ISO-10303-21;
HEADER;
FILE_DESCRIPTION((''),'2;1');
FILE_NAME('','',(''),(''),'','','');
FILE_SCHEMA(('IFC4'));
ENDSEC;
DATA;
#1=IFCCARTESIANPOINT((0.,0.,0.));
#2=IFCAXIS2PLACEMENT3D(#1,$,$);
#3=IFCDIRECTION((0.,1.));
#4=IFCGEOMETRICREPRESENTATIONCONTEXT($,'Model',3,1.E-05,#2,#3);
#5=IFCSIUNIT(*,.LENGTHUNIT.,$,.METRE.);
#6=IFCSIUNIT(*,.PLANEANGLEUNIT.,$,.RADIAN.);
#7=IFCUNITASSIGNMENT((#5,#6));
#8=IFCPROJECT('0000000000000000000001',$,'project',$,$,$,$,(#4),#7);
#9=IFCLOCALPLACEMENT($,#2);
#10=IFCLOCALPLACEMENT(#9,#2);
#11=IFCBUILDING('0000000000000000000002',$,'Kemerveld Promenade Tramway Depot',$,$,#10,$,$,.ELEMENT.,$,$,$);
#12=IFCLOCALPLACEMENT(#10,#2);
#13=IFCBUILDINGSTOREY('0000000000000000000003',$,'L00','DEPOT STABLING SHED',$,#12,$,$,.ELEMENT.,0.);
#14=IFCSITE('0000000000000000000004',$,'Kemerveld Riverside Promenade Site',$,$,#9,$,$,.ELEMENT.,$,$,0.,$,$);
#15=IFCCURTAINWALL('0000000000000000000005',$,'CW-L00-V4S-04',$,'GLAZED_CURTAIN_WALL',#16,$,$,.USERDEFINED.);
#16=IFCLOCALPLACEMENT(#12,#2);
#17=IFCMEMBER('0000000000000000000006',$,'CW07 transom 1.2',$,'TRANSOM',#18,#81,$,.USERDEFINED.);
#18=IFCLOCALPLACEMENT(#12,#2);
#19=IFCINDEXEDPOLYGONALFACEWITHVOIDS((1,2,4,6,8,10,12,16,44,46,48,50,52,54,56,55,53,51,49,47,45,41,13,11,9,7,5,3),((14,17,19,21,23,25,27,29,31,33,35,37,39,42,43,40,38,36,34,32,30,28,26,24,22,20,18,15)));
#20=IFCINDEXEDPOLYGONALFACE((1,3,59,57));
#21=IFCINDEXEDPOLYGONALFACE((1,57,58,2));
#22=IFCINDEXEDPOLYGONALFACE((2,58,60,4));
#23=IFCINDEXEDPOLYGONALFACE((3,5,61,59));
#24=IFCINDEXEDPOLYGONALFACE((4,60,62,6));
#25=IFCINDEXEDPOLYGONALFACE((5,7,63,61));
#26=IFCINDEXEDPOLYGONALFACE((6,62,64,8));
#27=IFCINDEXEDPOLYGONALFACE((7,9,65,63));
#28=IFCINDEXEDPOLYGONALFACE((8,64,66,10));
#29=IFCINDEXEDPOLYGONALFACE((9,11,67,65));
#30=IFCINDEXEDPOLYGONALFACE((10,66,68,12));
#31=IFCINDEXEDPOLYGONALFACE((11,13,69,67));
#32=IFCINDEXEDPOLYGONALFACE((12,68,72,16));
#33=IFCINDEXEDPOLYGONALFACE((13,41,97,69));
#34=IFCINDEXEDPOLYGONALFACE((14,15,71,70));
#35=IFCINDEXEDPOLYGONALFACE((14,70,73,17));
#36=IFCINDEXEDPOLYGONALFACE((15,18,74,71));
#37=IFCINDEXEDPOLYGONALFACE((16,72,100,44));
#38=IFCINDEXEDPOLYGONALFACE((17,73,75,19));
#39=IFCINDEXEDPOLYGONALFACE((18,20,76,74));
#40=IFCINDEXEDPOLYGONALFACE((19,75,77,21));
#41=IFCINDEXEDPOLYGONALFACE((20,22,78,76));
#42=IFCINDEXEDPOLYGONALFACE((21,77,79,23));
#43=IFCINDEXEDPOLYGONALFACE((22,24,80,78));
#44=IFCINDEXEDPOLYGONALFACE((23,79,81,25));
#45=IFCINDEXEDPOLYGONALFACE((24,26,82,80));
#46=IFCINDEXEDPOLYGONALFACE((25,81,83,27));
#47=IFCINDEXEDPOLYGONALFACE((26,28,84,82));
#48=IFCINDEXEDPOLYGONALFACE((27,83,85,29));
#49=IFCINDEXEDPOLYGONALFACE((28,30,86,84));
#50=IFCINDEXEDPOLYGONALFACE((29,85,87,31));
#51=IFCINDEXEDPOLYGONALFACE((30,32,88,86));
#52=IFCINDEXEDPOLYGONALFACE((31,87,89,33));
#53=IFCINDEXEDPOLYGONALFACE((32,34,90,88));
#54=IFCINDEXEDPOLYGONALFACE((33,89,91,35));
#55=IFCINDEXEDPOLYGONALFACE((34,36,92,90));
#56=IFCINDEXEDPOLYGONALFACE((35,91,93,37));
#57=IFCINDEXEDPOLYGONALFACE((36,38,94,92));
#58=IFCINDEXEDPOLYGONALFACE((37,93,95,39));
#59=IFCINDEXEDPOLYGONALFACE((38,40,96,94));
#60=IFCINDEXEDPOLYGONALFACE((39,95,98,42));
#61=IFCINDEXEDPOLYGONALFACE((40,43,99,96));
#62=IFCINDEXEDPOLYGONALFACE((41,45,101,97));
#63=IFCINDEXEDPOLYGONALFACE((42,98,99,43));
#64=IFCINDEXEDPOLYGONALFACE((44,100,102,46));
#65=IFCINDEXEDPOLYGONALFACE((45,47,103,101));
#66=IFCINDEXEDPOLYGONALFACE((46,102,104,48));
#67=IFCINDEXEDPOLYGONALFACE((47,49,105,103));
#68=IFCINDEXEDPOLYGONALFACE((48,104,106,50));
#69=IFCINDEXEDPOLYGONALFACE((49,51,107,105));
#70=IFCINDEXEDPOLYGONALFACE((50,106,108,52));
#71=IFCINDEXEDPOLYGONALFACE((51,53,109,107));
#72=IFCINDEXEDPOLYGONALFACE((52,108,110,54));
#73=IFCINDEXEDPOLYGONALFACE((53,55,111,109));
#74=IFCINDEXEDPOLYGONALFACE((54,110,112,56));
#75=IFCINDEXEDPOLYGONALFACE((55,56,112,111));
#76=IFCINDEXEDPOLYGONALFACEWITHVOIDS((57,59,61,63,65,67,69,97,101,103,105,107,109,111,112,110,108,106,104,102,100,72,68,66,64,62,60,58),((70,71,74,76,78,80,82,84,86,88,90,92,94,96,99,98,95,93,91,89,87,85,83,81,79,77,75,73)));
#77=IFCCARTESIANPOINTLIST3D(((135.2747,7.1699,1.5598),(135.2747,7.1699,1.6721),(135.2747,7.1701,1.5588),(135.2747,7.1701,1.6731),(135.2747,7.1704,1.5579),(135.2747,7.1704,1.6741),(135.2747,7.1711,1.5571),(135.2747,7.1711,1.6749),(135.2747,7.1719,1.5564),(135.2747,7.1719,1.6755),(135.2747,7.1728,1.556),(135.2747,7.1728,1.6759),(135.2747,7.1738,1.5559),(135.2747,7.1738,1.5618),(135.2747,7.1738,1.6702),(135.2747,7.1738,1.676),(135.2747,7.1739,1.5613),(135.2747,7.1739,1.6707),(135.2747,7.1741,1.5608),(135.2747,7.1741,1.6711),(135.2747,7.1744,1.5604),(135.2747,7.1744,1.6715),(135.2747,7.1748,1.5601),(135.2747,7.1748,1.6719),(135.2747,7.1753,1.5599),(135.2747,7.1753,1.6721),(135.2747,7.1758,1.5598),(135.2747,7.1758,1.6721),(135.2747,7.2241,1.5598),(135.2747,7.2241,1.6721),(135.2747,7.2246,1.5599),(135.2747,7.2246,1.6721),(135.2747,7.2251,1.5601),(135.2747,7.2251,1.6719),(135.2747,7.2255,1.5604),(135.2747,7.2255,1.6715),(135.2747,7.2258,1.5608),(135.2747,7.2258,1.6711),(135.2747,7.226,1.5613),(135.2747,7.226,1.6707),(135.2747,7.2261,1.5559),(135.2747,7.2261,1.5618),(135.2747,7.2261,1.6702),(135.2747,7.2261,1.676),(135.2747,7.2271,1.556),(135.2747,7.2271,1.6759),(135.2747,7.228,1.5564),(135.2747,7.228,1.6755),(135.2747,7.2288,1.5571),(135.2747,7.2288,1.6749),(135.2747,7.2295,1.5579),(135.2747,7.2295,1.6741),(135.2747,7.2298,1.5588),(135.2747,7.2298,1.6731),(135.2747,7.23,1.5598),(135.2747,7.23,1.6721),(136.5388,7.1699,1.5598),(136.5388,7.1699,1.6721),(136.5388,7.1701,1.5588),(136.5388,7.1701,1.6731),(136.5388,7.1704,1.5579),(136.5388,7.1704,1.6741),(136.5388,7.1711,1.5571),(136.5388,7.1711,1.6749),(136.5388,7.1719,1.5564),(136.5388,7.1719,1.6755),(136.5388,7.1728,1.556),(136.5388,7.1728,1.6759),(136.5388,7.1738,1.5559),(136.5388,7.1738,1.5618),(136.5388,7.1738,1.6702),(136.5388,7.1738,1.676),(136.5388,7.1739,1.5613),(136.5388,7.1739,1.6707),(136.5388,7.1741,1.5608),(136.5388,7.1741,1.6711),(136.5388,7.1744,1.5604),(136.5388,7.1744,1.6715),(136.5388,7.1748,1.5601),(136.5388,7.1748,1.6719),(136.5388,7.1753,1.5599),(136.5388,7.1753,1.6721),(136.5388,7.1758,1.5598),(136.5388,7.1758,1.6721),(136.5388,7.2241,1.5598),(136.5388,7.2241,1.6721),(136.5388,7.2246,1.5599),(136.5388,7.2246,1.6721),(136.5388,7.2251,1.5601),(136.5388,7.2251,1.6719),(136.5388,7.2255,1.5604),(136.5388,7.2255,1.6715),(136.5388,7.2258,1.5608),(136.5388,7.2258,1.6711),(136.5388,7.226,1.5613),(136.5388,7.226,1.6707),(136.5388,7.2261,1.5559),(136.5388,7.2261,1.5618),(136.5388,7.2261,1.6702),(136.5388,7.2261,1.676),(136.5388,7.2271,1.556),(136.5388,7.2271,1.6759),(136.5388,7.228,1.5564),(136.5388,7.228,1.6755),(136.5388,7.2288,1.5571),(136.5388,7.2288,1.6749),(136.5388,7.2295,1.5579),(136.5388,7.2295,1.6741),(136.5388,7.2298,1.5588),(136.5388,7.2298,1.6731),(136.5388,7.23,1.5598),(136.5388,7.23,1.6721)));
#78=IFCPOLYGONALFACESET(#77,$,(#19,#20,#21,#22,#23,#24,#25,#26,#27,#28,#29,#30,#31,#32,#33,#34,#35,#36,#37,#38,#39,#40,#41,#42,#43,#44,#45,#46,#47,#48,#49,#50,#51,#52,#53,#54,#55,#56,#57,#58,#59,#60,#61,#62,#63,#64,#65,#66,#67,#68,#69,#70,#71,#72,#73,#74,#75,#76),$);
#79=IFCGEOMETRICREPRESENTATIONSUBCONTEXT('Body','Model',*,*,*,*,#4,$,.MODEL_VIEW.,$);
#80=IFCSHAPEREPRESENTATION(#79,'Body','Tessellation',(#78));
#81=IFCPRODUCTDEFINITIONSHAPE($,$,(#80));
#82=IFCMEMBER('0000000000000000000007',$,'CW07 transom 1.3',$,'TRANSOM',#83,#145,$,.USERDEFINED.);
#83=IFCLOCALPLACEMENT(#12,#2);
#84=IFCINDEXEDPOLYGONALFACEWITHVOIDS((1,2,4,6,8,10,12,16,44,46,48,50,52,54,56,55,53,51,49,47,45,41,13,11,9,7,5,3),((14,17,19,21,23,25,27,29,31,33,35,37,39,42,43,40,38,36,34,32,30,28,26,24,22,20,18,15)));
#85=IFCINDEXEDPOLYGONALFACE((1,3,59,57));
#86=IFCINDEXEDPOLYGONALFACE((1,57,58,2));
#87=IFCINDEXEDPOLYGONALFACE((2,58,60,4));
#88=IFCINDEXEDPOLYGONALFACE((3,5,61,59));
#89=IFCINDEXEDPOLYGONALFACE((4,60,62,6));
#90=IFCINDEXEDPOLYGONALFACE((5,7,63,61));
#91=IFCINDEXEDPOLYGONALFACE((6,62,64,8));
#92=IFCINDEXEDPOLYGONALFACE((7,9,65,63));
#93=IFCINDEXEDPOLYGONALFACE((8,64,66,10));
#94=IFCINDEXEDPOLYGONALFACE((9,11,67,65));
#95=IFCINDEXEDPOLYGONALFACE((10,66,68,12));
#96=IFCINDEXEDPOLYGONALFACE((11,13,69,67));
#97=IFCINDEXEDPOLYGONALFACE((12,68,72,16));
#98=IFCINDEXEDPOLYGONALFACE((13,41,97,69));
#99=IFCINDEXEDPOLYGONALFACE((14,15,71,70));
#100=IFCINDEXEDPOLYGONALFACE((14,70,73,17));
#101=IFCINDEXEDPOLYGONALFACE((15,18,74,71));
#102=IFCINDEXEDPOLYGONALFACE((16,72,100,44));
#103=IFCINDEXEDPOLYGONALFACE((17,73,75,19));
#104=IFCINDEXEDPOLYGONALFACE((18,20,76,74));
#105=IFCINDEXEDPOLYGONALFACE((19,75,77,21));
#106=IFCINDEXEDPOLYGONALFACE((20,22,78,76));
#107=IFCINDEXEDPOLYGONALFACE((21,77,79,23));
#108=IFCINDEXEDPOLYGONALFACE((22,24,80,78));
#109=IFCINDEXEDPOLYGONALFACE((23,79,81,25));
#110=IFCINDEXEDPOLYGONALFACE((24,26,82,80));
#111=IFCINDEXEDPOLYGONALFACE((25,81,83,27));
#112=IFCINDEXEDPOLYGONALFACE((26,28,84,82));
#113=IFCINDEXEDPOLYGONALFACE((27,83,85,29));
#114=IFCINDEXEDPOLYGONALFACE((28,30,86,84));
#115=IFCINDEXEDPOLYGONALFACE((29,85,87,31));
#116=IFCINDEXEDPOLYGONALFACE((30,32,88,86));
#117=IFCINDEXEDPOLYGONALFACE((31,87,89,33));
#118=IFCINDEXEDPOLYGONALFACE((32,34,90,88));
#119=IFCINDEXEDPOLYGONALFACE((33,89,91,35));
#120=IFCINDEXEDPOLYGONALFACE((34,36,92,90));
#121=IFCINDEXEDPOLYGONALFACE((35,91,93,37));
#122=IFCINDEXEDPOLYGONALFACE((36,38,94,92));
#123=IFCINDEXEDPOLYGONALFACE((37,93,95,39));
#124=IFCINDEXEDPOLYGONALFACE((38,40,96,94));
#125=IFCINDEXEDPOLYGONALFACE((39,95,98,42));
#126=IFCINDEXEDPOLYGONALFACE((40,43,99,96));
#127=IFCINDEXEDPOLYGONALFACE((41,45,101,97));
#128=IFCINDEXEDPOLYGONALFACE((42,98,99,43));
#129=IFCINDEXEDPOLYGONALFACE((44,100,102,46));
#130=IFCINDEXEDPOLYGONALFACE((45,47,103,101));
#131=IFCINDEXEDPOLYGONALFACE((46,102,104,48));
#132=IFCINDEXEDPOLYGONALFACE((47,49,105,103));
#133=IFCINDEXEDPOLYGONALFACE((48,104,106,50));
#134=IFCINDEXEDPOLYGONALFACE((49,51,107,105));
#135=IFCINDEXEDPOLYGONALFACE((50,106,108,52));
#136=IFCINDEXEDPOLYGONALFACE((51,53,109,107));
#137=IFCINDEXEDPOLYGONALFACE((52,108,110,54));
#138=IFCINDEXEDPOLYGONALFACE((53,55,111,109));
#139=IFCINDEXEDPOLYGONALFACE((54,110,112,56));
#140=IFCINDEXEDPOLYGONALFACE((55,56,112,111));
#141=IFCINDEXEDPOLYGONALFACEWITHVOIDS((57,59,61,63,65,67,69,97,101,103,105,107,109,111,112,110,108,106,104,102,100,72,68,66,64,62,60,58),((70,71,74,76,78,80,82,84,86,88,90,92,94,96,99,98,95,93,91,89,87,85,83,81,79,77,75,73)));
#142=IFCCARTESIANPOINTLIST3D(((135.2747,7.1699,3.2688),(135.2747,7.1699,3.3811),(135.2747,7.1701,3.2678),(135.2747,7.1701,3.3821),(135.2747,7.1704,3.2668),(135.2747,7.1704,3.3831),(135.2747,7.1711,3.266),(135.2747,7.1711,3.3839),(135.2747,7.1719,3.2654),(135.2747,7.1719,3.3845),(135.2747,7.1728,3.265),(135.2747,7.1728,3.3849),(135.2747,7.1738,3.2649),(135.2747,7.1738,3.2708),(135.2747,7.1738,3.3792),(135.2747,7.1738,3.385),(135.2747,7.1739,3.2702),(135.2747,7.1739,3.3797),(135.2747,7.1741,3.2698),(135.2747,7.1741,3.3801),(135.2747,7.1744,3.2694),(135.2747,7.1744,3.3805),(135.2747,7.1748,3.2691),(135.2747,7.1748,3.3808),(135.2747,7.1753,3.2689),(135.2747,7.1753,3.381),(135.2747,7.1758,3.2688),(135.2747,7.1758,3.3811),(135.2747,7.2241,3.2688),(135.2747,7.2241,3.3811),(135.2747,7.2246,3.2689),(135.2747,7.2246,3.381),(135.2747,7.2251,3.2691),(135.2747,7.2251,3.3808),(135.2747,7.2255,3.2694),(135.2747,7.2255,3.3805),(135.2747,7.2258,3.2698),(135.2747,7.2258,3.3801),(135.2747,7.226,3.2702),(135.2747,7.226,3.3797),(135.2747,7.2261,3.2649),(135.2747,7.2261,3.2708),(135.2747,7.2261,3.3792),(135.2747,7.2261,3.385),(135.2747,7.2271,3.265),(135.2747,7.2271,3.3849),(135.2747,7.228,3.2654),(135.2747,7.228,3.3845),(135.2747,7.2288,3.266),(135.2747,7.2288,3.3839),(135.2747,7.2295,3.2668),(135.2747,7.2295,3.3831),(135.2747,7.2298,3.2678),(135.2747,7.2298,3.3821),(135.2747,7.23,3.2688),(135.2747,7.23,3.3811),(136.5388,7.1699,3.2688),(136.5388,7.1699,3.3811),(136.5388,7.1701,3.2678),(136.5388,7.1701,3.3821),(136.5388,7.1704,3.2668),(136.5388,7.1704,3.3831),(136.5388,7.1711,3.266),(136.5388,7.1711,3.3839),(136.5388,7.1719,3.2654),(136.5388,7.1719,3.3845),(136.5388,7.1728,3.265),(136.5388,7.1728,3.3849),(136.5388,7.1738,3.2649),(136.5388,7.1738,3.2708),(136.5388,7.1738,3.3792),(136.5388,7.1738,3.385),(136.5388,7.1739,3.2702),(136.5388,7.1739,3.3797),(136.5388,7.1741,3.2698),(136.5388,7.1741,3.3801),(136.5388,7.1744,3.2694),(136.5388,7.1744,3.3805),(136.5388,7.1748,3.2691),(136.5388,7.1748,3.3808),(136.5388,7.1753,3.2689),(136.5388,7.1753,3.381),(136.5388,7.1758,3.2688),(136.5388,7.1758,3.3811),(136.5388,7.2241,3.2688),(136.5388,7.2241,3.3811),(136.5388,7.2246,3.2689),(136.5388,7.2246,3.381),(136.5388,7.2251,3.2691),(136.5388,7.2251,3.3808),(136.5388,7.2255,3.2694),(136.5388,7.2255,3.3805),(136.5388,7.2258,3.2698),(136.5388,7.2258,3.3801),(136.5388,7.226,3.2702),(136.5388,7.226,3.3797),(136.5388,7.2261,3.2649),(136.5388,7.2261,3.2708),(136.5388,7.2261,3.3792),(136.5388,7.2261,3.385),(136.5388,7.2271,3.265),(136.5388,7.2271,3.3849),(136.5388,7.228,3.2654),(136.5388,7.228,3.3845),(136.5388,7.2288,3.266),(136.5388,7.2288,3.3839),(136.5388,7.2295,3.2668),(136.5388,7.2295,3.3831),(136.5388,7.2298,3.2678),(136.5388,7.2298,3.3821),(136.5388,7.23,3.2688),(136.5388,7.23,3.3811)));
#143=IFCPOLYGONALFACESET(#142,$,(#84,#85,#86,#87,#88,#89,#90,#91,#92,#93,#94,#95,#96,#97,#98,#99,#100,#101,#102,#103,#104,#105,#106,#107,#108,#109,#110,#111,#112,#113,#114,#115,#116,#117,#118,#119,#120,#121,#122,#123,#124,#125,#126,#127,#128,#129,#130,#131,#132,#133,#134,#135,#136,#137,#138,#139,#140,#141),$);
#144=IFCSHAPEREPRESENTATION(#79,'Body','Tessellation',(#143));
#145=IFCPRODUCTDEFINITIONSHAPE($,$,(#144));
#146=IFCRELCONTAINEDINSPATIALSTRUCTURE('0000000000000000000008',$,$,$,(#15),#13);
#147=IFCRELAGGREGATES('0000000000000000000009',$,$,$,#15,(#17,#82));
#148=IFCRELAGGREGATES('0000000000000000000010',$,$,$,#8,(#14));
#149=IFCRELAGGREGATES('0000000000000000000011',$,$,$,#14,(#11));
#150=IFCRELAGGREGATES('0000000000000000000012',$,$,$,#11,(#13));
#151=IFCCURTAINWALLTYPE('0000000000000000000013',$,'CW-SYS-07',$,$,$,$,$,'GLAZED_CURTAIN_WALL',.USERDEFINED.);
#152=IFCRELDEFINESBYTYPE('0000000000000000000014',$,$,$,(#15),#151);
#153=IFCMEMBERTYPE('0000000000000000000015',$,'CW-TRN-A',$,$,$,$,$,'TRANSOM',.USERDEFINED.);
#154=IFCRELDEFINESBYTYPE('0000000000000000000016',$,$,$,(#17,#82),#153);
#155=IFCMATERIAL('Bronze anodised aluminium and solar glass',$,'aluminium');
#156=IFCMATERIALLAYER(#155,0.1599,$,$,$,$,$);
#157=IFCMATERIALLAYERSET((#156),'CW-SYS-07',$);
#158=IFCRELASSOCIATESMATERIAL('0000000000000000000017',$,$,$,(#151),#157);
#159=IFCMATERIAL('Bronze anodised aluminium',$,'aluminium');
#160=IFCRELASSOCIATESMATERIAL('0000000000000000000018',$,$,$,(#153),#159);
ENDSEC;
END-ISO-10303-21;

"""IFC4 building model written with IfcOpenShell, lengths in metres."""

from ifc_helpers import new_model, si_unit, direction, frame, origin, origin_2d, place, context, subcontext, project, spatial, hollow_rectangle, extrude, material, layer, layer_set, material_profile, profile_set, type_object, element, aggregate, save


model = new_model("IFC4")

# Units and contexts
model_context = context("Model", 3, precision=1e-05, world=origin(), true_north=direction((0.0, 1.0)))
body_context = subcontext(model_context, "Body", "Model", "MODEL_VIEW")
ifc_project = project(units=[si_unit("LENGTHUNIT", "METRE"), si_unit("PLANEANGLEUNIT", "RADIAN")], contexts=[model_context])

# Site, building, storey
site_placement = place(None, origin())
site = spatial("IfcSite", under=ifc_project, at=site_placement, Name="Kemerveld Riverside Promenade Site", CompositionType="ELEMENT", RefElevation=0.0)
building_placement = place(site_placement, origin())
building = spatial("IfcBuilding", under=site, at=building_placement, Name="Kemerveld Promenade Tramway Depot", CompositionType="ELEMENT")
storey_placement = place(building_placement, origin())
storey = spatial("IfcBuildingStorey", under=building, at=storey_placement, Name="L00", Description="DEPOT STABLING SHED", CompositionType="ELEMENT", Elevation=0.0)

# Curtain wall, members
ifc_material_1 = material(Name="Bronze anodised aluminium and solar glass", Category="aluminium")
ifc_layer_1 = layer(ifc_material_1, 0.1599)
ifc_layer_set_1 = layer_set([ifc_layer_1], Name="CW-SYS-07")
curtain_wall_type = type_object("IfcCurtainWallType", Name="CW-SYS-07", ElementType="GLAZED_CURTAIN_WALL", PredefinedType="USERDEFINED", material=ifc_layer_set_1)
curtain_wall_placement = place(storey_placement, origin())
curtain_wall = element("IfcCurtainWall", 1, at=curtain_wall_placement, inside=storey, type_object=curtain_wall_type, Name="CW-L00-V4S-04", ObjectType="GLAZED_CURTAIN_WALL", PredefinedType="USERDEFINED")
ifc_material_2 = material(Name="Bronze anodised aluminium", Category="aluminium")
ifc_material_profile_1 = material_profile(ifc_material_2, hollow_rectangle(XDim=0.0601, YDim=0.1201, WallThickness=0.0039, InnerFilletRadius=0.002, OuterFilletRadius=0.0039, at=origin_2d()), Name="CW-TRN-120x60")
ifc_profile_set_1 = profile_set([ifc_material_profile_1], Name="Bronze anodised aluminium")
member_type_1 = type_object("IfcMemberType", Name="CW-TRN-A", ElementType="TRANSOM", PredefinedType="USERDEFINED", material=ifc_profile_set_1)
member_1_placement = place(storey_placement, frame((136.5388, 7.2, 1.616), z_axis=(-1.0, 0.0, 0.0), x_axis=(0.0, -1.0, 0.0)))
member_1 = element("IfcMember", 2, at=member_1_placement, type_object=member_type_1, Name="CW07 transom 1.2", ObjectType="TRANSOM", PredefinedType="USERDEFINED", context=body_context, shape_type="SweptSolid", body=[
    extrude(hollow_rectangle(XDim=0.0601, YDim=0.1201, WallThickness=0.0039, InnerFilletRadius=0.002, OuterFilletRadius=0.0039, at=origin_2d()), origin(), (0.0, 0.0, 1.0), 1.2642),
])
member_2_placement = place(storey_placement, frame((136.5388, 7.2, 3.325), z_axis=(-1.0, 0.0, 0.0), x_axis=(0.0, -1.0, 0.0)))
member_2 = element("IfcMember", 3, at=member_2_placement, type_object=member_type_1, Name="CW07 transom 1.3", ObjectType="TRANSOM", PredefinedType="USERDEFINED", context=body_context, shape_type="SweptSolid", body=[
    extrude(hollow_rectangle(XDim=0.0601, YDim=0.1201, WallThickness=0.0039, InnerFilletRadius=0.002, OuterFilletRadius=0.0039, at=origin_2d()), origin(), (0.0, 0.0, 1.0), 1.2642),
])
aggregate(curtain_wall, [member_1, member_2])

save(model, "model.ifc")
